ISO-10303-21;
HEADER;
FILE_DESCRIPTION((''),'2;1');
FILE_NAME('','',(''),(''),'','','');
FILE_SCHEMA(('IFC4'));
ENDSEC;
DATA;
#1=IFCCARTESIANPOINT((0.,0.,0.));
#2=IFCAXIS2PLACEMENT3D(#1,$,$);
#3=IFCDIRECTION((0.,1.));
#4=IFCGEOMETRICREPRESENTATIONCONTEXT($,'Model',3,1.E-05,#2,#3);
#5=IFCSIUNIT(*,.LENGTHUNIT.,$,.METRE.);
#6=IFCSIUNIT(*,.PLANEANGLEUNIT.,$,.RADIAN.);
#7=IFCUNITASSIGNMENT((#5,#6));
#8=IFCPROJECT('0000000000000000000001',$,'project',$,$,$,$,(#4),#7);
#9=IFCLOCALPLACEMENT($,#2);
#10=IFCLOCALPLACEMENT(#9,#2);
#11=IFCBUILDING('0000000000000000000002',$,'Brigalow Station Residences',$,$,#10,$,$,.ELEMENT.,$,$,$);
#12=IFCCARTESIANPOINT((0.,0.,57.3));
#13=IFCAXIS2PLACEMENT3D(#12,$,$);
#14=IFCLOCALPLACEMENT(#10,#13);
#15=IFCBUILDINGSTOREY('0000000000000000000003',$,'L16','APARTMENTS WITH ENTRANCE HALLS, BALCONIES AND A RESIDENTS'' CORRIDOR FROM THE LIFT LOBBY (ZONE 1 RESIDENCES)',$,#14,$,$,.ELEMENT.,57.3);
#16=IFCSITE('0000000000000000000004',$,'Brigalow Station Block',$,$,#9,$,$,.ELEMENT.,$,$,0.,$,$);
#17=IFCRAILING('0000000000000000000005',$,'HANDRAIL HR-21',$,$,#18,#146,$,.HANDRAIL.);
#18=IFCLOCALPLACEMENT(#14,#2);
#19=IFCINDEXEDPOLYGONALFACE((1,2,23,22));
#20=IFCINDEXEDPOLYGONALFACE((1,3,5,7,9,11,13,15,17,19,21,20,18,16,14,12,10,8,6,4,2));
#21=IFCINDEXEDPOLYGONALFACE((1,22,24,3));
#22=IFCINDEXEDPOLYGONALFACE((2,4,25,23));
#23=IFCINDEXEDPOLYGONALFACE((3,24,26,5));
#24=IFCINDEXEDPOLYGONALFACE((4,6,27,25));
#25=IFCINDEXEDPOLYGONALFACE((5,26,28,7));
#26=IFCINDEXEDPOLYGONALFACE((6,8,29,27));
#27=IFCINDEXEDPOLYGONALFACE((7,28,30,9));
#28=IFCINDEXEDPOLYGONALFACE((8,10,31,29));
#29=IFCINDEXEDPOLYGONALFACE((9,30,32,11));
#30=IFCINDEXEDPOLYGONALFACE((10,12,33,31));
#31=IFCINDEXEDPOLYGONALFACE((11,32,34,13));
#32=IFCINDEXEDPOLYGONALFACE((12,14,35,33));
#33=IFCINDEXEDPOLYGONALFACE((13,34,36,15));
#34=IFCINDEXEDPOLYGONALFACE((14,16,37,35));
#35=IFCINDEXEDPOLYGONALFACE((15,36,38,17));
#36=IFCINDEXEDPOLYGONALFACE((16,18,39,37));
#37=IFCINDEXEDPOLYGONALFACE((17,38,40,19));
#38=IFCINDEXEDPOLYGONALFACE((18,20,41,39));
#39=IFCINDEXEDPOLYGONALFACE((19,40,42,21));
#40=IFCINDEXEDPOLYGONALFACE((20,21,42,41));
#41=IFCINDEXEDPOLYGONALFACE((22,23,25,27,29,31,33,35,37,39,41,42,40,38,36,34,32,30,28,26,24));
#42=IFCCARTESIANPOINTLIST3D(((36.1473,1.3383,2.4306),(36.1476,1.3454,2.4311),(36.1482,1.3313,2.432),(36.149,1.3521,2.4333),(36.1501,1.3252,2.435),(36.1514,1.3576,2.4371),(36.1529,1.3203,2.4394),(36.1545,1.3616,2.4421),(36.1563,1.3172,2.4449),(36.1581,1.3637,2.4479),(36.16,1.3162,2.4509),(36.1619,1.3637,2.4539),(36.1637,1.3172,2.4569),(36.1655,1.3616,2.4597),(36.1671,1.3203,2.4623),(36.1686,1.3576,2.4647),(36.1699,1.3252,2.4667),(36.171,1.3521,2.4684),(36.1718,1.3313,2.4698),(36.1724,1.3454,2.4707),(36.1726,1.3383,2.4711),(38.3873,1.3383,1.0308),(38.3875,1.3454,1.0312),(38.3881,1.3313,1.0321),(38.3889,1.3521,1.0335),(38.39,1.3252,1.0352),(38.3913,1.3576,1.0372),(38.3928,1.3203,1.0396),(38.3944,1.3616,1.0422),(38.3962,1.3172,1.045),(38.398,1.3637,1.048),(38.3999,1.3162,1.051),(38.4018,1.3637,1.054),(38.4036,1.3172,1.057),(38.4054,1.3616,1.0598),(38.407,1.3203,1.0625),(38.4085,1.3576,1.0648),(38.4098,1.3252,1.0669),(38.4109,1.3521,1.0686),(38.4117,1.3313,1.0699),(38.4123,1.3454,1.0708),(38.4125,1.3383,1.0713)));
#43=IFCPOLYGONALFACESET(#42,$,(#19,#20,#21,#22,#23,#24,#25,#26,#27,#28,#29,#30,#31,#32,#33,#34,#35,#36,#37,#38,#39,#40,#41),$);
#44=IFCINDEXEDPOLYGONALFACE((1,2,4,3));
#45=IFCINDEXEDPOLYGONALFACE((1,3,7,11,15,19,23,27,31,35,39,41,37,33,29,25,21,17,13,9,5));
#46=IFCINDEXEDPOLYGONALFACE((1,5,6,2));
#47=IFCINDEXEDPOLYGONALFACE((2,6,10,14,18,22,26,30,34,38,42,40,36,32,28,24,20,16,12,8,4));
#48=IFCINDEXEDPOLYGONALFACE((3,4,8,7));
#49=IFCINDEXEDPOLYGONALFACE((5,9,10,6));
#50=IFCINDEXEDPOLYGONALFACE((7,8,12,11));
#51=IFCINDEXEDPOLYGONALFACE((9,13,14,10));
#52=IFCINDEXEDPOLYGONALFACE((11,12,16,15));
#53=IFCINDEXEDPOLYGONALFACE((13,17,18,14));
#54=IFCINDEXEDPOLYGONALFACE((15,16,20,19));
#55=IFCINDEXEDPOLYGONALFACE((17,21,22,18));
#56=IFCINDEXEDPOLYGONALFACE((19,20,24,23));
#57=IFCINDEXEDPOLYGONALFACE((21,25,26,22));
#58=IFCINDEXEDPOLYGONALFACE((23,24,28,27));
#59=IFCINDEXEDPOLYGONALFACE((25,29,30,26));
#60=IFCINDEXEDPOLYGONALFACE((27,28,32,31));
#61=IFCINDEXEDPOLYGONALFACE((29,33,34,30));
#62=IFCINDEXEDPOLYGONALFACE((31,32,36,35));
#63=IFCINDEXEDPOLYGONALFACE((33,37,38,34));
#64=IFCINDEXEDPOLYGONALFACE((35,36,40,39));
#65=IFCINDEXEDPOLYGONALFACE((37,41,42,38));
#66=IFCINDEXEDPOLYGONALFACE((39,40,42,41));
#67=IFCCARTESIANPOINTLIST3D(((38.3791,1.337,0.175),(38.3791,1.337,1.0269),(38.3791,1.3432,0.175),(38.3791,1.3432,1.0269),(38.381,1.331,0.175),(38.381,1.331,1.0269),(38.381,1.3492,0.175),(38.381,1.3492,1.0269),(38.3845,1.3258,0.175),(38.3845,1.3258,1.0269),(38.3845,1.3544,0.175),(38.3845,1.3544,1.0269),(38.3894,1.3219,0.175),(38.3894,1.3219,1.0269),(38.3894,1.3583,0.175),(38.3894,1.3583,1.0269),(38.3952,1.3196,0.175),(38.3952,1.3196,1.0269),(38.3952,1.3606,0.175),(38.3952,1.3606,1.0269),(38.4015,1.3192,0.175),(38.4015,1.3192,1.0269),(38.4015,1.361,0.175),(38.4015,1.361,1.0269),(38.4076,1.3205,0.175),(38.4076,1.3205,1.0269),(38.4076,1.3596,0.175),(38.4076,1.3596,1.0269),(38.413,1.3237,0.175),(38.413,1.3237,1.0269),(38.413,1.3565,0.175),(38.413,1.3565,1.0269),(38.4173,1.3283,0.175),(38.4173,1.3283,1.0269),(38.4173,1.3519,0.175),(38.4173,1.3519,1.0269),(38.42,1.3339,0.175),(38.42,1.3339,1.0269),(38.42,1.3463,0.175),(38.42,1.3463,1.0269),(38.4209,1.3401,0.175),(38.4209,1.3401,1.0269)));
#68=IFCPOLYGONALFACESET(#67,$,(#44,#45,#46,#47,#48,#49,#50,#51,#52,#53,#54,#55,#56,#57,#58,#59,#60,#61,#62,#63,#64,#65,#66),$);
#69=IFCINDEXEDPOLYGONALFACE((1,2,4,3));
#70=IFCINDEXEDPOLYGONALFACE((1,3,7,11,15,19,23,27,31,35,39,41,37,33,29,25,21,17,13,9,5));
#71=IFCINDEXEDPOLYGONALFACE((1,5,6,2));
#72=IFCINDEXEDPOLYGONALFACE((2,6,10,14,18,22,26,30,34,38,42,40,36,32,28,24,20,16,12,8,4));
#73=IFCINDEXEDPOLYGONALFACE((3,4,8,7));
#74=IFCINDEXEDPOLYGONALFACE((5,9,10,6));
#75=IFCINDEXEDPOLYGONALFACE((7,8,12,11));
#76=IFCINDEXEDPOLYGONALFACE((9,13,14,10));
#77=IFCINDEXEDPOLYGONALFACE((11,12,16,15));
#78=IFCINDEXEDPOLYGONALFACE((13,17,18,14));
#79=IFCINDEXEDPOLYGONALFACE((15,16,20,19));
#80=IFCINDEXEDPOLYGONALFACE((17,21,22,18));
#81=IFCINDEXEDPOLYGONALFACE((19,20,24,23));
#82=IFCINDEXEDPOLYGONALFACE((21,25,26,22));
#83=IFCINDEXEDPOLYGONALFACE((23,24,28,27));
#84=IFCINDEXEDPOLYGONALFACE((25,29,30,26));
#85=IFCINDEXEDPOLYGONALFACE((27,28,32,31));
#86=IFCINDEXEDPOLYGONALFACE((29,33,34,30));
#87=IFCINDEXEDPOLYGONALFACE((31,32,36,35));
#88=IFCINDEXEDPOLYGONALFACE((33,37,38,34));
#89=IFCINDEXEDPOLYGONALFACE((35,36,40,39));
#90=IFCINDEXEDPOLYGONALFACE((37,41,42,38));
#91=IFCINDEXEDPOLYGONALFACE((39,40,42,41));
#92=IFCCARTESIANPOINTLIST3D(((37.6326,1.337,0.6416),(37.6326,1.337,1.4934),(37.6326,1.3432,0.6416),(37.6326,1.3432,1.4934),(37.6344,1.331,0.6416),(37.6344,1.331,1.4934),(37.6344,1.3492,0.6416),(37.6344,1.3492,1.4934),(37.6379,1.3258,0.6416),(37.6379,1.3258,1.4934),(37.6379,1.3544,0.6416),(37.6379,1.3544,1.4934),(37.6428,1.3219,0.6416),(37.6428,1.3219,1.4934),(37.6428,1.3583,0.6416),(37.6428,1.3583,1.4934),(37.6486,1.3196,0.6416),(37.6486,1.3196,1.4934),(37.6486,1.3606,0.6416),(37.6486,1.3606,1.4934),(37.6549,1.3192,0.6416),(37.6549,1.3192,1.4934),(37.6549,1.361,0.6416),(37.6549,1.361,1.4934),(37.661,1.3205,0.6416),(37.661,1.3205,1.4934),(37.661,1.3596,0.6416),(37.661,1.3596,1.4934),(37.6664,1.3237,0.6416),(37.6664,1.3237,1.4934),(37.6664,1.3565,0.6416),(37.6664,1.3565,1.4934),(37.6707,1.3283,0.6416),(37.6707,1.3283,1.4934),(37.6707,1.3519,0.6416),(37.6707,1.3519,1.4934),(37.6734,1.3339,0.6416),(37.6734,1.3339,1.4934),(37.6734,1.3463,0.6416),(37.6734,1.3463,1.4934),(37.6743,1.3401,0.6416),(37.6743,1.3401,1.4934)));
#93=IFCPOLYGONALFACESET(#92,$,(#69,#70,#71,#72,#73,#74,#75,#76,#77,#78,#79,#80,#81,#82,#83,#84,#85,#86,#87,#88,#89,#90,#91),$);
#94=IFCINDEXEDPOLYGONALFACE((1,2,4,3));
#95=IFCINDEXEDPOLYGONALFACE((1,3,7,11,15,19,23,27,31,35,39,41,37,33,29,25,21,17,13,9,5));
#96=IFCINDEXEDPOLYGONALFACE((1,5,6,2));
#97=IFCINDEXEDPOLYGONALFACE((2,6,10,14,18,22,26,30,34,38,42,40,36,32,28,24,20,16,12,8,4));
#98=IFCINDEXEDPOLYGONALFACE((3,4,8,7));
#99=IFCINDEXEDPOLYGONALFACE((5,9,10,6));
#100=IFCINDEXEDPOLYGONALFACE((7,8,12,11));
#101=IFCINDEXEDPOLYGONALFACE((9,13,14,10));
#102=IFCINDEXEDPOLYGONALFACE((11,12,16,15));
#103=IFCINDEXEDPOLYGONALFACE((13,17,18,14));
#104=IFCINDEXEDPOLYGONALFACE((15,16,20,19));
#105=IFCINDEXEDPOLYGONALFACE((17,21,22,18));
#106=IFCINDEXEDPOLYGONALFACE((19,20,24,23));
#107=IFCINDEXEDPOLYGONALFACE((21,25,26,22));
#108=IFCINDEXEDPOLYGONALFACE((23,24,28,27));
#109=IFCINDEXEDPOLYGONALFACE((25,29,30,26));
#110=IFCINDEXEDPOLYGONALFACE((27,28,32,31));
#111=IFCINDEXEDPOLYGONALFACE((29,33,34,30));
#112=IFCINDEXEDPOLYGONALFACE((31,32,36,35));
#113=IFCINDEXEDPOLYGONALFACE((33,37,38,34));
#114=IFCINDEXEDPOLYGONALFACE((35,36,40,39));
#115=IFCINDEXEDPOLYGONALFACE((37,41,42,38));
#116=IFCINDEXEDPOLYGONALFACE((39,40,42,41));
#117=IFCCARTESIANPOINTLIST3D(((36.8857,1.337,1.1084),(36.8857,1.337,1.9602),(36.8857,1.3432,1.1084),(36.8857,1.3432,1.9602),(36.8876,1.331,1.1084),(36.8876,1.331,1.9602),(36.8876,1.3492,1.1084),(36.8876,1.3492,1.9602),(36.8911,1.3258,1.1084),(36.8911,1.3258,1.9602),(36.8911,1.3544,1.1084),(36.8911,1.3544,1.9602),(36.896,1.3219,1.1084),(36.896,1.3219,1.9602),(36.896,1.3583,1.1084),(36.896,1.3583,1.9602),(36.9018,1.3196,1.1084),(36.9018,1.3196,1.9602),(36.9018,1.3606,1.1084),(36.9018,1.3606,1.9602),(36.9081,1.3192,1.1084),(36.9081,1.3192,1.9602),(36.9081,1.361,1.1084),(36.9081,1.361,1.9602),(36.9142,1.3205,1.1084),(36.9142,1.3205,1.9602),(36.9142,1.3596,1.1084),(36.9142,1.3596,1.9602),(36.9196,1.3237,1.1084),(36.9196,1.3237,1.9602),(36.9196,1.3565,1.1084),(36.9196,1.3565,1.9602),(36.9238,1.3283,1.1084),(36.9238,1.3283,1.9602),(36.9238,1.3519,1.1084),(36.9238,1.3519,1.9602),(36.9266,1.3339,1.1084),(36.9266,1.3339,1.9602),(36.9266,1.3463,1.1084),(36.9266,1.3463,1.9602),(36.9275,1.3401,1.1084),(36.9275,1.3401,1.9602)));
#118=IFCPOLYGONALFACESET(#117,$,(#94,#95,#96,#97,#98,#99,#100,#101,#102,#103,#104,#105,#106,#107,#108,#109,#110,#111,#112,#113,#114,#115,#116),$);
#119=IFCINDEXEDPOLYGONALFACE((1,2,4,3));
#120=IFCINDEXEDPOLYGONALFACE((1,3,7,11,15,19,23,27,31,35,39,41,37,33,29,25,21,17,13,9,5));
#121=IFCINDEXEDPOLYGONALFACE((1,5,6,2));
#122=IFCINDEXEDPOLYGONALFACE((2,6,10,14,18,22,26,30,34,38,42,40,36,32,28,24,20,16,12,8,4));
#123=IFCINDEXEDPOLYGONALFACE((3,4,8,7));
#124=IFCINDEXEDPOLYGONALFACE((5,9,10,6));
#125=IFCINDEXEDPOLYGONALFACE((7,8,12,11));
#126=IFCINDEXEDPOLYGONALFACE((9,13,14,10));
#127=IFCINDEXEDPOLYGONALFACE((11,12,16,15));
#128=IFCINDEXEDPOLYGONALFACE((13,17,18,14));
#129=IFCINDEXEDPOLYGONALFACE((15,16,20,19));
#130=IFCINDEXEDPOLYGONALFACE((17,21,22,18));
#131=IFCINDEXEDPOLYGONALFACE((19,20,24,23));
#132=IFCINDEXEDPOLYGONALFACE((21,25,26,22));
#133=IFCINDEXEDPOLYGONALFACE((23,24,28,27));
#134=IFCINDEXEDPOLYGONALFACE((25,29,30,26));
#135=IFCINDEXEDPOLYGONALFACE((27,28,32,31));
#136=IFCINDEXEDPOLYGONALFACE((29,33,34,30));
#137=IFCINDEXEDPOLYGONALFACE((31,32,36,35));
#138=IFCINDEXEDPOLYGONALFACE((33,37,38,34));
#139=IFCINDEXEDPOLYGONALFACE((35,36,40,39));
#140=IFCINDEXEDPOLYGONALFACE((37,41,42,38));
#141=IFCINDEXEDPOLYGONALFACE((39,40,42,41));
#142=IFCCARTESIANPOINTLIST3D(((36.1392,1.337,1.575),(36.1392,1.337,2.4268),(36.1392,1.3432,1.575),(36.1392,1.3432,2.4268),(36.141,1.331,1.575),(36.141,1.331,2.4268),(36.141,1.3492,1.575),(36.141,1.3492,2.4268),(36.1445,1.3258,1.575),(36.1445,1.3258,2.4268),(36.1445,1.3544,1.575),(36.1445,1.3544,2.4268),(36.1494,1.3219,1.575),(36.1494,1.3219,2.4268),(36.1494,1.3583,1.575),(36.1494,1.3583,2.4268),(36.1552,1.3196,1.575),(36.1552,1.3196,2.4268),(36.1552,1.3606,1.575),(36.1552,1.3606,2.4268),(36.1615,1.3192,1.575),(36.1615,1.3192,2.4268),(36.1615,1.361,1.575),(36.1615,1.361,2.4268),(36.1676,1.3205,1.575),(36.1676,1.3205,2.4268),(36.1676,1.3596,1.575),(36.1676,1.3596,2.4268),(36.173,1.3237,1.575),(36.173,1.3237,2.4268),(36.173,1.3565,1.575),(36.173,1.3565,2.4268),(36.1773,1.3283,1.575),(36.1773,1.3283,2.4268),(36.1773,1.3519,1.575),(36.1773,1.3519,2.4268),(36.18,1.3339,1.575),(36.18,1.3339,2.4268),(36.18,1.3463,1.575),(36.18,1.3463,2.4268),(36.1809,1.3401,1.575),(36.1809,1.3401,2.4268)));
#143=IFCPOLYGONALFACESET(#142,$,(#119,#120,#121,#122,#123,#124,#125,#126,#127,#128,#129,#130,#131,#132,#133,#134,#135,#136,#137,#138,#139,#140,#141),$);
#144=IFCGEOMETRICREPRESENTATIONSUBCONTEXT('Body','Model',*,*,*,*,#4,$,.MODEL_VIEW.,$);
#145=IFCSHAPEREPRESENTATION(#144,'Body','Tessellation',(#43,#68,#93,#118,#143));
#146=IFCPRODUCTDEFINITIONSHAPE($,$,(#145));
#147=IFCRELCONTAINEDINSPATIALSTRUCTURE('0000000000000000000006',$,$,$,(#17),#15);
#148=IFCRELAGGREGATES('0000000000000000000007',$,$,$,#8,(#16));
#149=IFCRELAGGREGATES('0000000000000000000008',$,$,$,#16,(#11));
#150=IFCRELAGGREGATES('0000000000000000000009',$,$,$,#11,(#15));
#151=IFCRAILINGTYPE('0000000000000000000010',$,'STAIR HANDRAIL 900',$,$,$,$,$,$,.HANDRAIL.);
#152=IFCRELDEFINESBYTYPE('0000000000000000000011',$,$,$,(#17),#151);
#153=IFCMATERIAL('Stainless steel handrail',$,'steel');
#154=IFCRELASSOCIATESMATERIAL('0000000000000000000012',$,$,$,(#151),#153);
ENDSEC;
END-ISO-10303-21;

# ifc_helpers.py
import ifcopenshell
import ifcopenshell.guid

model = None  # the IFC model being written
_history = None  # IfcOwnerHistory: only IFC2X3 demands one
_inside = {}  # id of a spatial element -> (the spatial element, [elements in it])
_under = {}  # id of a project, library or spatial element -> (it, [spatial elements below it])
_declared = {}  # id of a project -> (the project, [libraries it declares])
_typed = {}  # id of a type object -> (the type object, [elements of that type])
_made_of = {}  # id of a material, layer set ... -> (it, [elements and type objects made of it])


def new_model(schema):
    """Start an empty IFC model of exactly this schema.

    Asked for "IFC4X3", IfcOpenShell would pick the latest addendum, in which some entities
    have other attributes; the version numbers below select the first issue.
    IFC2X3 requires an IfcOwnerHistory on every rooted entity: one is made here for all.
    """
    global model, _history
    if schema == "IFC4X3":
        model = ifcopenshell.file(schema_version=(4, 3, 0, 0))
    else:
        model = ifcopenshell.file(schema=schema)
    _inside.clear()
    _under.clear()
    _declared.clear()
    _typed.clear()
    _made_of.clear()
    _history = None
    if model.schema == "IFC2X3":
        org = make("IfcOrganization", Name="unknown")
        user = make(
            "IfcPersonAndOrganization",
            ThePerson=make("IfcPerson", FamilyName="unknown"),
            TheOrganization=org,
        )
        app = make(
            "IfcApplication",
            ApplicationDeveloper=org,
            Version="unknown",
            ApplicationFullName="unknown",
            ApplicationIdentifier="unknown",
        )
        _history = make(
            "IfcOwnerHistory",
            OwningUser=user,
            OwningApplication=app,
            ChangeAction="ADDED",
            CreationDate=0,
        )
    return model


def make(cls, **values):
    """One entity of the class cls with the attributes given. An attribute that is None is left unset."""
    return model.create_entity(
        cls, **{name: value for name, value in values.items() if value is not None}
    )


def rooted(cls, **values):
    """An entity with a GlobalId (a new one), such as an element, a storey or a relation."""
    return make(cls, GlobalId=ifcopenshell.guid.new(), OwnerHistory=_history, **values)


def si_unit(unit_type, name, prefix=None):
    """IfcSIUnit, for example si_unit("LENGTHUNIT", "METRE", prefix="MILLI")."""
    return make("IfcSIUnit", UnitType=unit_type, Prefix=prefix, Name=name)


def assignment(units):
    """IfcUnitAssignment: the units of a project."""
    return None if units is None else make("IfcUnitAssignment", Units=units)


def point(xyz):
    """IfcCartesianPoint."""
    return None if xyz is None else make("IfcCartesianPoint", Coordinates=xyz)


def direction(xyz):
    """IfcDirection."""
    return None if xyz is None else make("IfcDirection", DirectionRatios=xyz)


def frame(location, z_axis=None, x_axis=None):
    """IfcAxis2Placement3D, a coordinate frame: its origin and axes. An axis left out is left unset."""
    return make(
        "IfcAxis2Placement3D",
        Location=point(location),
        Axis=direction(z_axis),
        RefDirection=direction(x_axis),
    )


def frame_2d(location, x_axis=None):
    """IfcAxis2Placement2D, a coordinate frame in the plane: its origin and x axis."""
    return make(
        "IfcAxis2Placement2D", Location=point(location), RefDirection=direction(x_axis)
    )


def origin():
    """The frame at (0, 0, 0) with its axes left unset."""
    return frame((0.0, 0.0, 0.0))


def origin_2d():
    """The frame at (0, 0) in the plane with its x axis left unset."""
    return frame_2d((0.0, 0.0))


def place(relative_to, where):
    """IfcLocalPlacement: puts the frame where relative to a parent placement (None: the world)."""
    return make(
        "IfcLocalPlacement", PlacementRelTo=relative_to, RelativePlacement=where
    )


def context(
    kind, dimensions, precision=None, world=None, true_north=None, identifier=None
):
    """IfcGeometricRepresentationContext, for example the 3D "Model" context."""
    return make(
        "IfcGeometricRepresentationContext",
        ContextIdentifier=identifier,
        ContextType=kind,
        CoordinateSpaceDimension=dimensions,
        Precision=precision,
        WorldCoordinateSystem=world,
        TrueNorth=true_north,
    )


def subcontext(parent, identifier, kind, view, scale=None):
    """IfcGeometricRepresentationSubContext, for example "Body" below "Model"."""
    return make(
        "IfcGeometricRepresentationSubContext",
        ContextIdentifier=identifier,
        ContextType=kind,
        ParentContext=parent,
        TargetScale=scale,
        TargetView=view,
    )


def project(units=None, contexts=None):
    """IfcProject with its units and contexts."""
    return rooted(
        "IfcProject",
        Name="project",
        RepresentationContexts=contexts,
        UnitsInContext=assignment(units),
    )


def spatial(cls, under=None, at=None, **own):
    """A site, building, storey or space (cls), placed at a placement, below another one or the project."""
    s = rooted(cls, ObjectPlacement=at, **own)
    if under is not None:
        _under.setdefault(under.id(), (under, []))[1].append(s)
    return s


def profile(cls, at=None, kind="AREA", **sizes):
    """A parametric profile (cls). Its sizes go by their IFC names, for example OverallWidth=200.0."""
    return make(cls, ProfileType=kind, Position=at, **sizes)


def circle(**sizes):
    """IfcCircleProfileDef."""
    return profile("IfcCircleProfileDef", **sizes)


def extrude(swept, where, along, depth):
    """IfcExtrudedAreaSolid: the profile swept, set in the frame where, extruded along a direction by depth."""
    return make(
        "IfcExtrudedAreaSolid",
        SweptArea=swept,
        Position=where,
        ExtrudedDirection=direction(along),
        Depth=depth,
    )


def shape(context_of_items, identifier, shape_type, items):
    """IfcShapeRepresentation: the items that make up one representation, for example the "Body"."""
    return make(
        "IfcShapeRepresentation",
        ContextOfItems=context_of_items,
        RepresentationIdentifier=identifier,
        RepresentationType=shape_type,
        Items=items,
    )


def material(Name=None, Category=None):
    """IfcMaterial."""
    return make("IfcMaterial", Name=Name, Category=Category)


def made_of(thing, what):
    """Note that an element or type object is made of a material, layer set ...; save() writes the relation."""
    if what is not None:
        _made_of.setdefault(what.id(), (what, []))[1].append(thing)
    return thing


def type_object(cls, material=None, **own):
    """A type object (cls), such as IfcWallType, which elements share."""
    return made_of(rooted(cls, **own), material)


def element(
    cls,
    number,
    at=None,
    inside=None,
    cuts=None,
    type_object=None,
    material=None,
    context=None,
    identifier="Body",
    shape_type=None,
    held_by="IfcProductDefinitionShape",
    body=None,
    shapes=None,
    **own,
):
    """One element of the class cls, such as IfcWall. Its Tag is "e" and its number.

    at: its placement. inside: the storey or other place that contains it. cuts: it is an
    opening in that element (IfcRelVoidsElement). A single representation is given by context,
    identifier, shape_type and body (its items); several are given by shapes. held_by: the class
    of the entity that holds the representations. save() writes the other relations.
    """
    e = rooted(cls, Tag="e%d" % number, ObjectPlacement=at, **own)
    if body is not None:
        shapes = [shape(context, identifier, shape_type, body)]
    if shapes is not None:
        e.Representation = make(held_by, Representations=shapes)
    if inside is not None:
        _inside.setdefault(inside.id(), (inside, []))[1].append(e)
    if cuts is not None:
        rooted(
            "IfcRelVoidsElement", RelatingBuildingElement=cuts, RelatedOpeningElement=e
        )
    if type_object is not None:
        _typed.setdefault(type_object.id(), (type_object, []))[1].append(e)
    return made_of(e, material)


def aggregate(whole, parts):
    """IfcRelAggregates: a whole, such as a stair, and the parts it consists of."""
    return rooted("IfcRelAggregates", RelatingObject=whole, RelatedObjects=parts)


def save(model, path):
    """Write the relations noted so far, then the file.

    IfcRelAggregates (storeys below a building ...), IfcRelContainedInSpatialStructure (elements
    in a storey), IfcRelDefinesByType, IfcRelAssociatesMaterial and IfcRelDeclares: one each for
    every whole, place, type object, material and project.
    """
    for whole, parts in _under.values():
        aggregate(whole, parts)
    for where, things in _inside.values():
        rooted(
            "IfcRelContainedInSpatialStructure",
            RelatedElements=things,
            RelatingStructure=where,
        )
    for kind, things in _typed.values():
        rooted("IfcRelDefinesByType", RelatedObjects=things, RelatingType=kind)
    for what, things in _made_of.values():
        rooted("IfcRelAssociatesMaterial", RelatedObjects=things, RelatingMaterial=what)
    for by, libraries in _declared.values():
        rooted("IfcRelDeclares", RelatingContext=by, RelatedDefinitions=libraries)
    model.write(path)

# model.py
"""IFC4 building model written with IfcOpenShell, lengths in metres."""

from ifc_helpers import new_model, si_unit, direction, frame, origin, origin_2d, place, context, subcontext, project, spatial, circle, extrude, material, type_object, element, save


model = new_model("IFC4")

# Units and contexts
model_context = context("Model", 3, precision=1e-05, world=origin(), true_north=direction((0.0, 1.0)))
body_context = subcontext(model_context, "Body", "Model", "MODEL_VIEW")
ifc_project = project(units=[si_unit("LENGTHUNIT", "METRE"), si_unit("PLANEANGLEUNIT", "RADIAN")], contexts=[model_context])

# Site, building, storey
site_placement = place(None, origin())
site = spatial("IfcSite", under=ifc_project, at=site_placement, Name="Brigalow Station Block", CompositionType="ELEMENT", RefElevation=0.0)
building_placement = place(site_placement, origin())
building = spatial("IfcBuilding", under=site, at=building_placement, Name="Brigalow Station Residences", CompositionType="ELEMENT")
storey_placement = place(building_placement, frame((0.0, 0.0, 57.3)))
storey = spatial("IfcBuildingStorey", under=building, at=storey_placement, Name="L16", Description="APARTMENTS WITH ENTRANCE HALLS, BALCONIES AND A RESIDENTS' CORRIDOR FROM THE LIFT LOBBY (ZONE 1 RESIDENCES)", CompositionType="ELEMENT", Elevation=57.3)

# Railing
ifc_material_1 = material(Name="Stainless steel handrail", Category="steel")
railing_type_1 = type_object("IfcRailingType", Name="STAIR HANDRAIL 900", PredefinedType="HANDRAIL", material=ifc_material_1)
railing_1_placement = place(storey_placement, frame((38.3999, 1.3401, 0.175)))
element("IfcRailing", 1, at=railing_1_placement, inside=storey, type_object=railing_type_1, Name="HANDRAIL HR-21", PredefinedType="HANDRAIL", context=body_context, shape_type="SweptSolid", body=[
    extrude(circle(Radius=0.0239, at=origin_2d()), frame((0.0, 0.0, 0.876), z_axis=(-0.848014, 0.0, 0.529974), x_axis=(0.0, -1.0, 0.0)), (0.0, 0.0, 1.0), 2.6414),
    extrude(circle(Radius=0.021, at=origin_2d()), origin(), (0.0, 0.0, 1.0), 0.8518),
    extrude(circle(Radius=0.021, at=origin_2d()), frame((-0.7466, 0.0, 0.4666)), (0.0, 0.0, 1.0), 0.8518),
    extrude(circle(Radius=0.021, at=origin_2d()), frame((-1.4934, 0.0, 0.9333)), (0.0, 0.0, 1.0), 0.8518),
    extrude(circle(Radius=0.021, at=origin_2d()), frame((-2.24, 0.0, 1.3999)), (0.0, 0.0, 1.0), 0.8518),
])

save(model, "model.ifc")
